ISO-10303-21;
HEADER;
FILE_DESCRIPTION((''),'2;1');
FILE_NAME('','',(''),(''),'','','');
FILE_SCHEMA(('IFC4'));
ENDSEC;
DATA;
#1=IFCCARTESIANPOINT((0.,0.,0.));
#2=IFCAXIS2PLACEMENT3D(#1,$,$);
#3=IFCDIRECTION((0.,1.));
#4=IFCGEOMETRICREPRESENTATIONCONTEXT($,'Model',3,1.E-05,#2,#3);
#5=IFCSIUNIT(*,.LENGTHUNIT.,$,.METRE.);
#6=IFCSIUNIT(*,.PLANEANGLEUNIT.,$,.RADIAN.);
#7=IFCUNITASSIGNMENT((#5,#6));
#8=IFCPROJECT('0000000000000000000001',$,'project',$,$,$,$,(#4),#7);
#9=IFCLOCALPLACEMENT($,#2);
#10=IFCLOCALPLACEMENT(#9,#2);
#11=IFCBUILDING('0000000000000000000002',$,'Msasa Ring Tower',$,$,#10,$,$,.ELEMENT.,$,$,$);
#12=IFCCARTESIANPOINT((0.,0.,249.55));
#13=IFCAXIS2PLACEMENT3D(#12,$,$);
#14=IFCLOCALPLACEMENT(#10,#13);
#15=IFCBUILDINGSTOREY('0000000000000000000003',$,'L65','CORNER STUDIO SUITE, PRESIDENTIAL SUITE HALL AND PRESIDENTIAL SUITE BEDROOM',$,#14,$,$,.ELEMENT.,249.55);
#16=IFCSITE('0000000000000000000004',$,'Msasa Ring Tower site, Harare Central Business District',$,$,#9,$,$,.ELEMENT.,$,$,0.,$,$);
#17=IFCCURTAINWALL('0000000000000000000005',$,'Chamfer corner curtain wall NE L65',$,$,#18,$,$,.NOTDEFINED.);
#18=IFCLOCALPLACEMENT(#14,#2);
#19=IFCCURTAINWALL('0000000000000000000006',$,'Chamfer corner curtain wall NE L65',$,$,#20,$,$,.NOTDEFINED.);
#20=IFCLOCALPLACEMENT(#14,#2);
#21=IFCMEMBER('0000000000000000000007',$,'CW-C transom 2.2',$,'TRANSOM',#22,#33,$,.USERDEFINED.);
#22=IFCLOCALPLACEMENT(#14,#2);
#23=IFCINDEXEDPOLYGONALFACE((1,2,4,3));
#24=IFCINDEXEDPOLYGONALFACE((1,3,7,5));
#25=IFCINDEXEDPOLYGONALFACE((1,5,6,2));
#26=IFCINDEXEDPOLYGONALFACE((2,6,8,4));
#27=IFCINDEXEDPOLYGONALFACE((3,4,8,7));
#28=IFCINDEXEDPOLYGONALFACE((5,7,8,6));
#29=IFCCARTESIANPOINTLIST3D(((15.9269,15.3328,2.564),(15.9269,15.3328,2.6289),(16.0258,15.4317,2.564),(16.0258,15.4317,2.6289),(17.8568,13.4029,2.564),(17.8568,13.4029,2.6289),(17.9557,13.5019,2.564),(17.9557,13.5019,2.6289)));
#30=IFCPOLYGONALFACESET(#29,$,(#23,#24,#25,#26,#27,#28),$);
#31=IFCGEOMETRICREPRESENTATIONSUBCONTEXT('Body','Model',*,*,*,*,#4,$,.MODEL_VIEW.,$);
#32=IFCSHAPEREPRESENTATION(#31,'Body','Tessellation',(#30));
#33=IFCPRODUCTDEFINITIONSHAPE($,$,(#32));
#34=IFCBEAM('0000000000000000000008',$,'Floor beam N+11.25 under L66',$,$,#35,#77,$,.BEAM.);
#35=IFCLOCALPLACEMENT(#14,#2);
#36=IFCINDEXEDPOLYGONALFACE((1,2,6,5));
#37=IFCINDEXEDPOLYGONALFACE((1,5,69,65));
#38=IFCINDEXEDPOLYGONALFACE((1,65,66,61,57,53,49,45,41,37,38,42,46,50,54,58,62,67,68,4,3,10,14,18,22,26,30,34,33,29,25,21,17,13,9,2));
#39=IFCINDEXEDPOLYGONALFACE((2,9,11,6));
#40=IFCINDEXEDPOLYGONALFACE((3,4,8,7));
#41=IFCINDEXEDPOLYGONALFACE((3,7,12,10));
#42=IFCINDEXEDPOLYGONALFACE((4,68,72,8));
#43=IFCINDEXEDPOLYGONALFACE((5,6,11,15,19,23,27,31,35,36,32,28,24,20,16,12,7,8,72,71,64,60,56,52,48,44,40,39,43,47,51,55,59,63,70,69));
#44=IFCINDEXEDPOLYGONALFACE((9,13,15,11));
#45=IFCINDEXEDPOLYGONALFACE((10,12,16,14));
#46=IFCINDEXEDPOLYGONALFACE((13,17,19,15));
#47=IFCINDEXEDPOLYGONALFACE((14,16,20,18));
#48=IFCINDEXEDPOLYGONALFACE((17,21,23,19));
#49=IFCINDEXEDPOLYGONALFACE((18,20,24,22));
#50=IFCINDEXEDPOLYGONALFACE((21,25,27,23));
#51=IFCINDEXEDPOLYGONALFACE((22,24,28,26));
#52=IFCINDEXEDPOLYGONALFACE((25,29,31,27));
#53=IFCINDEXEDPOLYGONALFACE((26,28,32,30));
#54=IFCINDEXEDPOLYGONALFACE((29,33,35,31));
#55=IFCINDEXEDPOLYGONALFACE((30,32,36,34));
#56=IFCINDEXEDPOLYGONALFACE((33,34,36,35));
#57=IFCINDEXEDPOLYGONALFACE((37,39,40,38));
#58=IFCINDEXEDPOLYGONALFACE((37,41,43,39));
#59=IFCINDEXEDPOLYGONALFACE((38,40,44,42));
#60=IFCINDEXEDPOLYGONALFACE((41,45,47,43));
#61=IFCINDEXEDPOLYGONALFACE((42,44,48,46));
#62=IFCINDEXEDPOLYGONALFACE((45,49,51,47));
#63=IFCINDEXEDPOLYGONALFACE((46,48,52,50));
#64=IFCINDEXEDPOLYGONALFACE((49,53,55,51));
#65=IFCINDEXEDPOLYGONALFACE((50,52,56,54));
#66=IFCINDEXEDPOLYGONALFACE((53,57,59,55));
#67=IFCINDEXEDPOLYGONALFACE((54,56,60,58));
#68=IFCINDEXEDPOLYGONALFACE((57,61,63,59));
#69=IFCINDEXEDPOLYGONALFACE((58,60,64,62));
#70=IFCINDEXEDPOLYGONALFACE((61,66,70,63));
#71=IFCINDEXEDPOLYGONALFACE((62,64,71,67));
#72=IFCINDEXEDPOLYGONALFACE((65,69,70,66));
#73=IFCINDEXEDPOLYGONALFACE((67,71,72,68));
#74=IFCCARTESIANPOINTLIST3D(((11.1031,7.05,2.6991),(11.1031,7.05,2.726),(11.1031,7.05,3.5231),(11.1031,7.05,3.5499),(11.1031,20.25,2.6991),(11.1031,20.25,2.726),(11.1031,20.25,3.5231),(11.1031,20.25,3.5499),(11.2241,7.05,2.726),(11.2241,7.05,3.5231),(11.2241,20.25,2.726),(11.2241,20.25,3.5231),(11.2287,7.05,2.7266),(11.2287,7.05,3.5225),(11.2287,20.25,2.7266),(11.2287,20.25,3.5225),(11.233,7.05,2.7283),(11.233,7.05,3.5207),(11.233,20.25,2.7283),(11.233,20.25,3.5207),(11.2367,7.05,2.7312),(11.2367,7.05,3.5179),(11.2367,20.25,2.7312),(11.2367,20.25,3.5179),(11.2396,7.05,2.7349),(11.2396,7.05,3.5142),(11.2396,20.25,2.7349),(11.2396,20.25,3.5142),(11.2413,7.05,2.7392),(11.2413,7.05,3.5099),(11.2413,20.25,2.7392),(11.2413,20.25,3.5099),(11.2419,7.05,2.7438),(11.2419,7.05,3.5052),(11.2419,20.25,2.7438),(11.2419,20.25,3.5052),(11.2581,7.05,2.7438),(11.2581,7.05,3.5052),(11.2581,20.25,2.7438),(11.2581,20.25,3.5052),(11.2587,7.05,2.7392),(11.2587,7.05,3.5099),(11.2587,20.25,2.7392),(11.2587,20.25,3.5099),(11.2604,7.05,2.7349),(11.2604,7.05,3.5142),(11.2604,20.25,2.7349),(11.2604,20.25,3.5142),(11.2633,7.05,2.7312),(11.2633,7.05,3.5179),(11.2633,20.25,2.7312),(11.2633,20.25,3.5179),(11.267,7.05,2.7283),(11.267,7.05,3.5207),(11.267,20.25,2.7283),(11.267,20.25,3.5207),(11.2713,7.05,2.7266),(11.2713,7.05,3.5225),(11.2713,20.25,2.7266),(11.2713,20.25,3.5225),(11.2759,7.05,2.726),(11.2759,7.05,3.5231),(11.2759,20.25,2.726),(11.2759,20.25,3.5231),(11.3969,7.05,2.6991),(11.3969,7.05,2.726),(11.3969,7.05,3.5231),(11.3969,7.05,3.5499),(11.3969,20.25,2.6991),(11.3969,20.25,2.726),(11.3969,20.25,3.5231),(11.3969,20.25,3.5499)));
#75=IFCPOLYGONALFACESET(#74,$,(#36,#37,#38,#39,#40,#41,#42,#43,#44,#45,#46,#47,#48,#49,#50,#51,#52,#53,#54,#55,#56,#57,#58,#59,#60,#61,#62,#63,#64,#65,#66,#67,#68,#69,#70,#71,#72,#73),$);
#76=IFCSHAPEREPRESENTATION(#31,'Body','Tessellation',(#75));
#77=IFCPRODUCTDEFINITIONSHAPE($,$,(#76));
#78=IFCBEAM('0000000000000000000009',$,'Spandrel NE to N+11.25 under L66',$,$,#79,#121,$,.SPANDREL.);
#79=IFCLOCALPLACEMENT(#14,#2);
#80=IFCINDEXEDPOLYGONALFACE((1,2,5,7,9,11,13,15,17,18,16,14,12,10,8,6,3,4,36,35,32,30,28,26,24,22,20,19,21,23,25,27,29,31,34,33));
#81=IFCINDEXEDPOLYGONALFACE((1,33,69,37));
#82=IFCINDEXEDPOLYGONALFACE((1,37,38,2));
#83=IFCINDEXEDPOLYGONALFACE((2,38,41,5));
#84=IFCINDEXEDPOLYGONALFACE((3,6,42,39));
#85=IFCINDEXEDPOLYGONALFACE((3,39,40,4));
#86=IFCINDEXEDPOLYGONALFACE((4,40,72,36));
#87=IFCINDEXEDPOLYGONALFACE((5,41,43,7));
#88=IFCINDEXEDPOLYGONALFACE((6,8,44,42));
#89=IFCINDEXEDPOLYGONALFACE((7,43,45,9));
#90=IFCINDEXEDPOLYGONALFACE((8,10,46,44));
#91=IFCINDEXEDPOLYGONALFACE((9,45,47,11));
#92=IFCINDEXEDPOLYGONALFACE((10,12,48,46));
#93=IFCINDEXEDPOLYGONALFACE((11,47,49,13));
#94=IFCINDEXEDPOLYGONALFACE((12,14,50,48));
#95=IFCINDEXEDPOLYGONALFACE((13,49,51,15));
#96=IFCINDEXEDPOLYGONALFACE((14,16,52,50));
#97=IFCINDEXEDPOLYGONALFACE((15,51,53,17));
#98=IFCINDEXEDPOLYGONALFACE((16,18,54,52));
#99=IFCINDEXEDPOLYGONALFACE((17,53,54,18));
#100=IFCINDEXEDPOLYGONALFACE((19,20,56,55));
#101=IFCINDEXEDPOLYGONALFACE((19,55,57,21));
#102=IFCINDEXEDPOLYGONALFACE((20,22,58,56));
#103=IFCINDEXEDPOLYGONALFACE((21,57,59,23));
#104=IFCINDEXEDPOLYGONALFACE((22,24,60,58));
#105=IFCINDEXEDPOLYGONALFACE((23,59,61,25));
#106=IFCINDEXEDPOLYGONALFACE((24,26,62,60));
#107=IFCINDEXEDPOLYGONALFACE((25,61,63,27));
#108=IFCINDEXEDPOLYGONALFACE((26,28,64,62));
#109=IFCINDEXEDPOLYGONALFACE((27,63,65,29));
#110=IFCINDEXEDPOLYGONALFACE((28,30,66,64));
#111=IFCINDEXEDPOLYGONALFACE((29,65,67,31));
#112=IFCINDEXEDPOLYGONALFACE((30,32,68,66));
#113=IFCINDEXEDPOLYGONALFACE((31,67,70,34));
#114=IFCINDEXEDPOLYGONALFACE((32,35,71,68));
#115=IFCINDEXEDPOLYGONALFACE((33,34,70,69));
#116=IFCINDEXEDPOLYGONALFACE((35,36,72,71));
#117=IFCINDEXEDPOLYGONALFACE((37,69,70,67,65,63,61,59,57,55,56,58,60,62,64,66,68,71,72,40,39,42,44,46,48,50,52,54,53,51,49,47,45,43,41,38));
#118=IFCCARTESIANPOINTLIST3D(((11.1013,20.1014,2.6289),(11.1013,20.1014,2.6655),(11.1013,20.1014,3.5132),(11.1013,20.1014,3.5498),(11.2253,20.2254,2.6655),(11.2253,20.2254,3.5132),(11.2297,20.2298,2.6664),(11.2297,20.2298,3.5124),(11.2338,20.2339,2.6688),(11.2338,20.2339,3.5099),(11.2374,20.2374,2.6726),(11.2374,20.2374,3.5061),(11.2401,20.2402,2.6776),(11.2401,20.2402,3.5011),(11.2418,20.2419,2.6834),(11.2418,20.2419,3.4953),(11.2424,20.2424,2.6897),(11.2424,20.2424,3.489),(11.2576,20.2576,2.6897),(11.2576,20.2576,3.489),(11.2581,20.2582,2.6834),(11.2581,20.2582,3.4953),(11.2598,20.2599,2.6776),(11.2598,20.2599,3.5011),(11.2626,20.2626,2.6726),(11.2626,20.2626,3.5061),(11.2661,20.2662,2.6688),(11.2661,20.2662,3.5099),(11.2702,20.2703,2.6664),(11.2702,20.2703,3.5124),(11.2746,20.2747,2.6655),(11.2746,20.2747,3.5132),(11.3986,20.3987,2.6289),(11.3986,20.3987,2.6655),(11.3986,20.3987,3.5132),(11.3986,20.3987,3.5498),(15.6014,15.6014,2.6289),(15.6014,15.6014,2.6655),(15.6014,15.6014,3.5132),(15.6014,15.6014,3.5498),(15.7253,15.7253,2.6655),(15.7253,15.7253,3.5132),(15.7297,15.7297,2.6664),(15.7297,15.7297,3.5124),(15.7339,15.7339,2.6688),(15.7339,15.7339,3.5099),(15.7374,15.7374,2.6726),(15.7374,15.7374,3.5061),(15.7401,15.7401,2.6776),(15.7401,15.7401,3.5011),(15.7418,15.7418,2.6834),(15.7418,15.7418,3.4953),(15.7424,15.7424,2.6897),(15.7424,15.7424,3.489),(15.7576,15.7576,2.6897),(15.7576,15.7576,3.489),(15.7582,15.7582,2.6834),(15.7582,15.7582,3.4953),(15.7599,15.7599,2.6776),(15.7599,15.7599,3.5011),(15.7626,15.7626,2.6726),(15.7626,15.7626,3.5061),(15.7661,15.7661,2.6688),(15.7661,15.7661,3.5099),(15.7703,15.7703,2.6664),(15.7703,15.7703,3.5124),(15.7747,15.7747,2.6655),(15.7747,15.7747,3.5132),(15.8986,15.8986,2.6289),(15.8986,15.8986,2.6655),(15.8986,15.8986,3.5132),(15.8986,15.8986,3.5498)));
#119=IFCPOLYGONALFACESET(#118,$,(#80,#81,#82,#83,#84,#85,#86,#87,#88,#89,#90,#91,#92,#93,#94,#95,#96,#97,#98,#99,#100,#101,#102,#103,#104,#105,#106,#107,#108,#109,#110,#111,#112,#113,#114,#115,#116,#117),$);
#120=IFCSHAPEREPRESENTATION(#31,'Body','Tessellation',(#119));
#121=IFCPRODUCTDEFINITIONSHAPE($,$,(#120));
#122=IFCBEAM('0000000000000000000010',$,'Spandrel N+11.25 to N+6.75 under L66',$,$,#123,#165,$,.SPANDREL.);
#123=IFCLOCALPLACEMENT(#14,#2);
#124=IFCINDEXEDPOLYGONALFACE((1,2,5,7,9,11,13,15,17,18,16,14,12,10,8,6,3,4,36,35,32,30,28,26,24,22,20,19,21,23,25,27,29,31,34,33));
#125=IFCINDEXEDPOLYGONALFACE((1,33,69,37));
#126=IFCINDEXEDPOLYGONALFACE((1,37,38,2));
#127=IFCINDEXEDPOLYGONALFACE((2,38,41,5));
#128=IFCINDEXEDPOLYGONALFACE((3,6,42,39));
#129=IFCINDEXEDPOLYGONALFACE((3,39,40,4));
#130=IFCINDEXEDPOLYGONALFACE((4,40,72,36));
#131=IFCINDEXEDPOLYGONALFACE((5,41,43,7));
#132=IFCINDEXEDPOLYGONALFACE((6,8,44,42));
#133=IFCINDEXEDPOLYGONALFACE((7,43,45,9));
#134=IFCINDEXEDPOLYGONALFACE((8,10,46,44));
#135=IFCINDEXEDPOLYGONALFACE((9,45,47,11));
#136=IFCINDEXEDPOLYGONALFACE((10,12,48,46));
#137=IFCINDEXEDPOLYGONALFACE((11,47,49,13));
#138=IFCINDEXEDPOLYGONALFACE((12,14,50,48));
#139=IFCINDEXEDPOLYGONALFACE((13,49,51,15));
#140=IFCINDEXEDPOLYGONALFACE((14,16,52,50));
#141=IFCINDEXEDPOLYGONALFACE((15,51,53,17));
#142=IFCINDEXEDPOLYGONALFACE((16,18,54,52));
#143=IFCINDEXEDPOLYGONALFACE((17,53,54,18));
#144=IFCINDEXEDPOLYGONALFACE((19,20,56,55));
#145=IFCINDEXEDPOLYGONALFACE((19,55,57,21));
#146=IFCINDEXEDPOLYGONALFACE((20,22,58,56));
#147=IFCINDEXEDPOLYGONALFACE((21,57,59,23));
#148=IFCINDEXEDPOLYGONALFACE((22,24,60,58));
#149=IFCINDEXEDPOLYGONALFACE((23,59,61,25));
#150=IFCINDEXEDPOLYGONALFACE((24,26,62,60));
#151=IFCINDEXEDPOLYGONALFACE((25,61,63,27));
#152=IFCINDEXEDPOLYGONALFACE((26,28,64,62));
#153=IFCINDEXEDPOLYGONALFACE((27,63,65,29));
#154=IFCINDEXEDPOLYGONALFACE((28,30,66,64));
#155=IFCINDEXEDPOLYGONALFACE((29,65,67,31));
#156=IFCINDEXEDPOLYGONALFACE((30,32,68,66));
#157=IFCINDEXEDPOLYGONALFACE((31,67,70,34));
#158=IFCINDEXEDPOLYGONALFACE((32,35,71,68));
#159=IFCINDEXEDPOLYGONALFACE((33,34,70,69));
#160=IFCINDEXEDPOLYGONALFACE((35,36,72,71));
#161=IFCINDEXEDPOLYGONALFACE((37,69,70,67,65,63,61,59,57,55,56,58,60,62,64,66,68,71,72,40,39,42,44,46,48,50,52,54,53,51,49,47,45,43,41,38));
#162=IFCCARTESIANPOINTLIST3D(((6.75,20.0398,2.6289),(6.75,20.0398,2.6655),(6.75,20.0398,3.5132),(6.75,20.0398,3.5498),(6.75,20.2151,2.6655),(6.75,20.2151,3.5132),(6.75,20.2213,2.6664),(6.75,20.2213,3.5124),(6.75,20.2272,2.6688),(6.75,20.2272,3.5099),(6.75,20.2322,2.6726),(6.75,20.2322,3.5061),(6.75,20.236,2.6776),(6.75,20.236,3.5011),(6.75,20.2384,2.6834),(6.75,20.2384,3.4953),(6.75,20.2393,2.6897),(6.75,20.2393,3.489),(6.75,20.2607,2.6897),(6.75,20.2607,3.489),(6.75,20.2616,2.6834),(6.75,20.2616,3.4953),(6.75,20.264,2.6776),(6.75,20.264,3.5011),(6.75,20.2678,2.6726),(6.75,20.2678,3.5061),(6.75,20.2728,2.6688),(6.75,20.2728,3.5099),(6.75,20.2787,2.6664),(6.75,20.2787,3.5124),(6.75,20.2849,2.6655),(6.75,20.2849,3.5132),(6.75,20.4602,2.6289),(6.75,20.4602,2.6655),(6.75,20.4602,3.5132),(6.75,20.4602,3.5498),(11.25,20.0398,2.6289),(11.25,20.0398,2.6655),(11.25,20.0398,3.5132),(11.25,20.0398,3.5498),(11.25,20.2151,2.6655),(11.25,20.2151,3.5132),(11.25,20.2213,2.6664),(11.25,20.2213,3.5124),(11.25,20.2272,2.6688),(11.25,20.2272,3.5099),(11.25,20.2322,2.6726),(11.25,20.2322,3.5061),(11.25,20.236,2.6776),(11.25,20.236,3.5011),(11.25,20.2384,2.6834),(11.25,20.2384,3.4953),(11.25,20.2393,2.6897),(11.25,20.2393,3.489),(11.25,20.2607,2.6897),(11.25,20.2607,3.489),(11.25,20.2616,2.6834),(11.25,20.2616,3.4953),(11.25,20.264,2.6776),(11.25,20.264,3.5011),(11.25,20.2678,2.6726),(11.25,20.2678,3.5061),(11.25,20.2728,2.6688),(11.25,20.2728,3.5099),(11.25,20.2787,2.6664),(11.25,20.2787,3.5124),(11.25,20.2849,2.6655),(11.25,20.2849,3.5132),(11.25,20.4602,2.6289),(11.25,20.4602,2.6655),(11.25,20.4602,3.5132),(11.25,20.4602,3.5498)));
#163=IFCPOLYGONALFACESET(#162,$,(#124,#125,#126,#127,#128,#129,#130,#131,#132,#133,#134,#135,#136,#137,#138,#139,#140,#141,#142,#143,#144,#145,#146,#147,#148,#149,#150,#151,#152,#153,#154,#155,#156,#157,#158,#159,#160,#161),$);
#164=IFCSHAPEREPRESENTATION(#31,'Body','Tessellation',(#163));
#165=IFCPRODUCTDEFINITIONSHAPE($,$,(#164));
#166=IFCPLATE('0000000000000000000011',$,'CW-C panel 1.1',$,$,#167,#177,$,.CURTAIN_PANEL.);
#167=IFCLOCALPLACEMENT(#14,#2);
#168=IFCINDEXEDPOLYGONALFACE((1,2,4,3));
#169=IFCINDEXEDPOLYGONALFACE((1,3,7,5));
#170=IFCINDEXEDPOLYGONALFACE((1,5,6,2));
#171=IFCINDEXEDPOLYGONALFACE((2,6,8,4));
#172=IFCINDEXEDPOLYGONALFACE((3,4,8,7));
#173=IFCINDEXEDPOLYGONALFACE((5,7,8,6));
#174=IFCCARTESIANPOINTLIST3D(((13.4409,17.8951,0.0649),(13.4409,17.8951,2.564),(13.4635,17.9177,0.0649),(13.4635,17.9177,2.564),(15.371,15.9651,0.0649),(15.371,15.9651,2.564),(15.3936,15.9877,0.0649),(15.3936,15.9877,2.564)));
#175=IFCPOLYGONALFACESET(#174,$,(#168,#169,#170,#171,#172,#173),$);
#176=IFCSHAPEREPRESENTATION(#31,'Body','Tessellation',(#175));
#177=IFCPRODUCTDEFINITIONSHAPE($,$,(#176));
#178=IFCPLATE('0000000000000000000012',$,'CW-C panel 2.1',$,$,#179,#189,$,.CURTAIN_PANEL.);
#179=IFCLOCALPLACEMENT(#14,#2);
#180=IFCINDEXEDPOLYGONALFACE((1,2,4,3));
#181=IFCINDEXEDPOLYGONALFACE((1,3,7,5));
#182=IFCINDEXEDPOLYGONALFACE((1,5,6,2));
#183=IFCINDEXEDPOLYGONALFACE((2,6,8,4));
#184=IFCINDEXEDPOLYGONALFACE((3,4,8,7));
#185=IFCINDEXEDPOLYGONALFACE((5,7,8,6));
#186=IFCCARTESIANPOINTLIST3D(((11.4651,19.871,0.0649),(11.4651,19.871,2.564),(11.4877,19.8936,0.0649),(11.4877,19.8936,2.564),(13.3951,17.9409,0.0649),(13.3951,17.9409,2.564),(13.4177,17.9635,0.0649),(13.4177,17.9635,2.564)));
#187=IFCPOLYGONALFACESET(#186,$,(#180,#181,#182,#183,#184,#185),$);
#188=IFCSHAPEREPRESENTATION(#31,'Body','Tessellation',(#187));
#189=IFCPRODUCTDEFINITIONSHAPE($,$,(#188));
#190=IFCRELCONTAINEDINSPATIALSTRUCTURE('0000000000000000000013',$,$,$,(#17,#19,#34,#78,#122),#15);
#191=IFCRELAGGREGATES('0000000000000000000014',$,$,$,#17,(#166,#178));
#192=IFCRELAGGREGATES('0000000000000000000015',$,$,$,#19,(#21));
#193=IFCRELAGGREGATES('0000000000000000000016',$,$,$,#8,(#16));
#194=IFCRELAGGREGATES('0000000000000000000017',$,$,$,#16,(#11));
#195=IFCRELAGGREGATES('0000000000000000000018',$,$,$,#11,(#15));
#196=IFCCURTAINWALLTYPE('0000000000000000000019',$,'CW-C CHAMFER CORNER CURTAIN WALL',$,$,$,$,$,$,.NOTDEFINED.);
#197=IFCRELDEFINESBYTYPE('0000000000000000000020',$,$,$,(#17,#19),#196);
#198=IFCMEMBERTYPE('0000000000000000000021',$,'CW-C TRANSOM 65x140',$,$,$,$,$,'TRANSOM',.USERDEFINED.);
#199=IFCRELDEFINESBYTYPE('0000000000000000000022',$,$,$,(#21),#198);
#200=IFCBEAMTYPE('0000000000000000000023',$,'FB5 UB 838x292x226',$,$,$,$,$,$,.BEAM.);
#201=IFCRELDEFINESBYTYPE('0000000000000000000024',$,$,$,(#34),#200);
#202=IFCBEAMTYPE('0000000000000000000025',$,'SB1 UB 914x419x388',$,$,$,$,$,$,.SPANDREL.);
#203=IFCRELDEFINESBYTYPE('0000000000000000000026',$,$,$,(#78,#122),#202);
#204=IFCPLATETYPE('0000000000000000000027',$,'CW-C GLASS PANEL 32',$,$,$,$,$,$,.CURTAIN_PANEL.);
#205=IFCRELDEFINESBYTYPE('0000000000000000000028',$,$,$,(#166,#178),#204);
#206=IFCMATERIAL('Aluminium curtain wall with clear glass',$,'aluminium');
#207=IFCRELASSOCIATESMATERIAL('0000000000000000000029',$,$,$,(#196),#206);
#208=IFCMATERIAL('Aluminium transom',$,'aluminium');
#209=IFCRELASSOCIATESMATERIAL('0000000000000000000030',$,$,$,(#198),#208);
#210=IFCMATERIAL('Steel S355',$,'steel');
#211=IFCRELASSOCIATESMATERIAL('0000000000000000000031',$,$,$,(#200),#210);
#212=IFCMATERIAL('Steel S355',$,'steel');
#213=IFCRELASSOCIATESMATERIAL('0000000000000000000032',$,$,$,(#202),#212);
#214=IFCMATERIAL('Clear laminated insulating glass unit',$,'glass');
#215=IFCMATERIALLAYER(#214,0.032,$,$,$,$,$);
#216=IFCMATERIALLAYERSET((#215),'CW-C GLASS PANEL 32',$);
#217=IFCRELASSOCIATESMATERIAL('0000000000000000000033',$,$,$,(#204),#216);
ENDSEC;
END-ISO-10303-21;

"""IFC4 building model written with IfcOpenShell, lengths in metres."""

from ifc_helpers import new_model, si_unit, direction, frame, origin, origin_2d, place, context, subcontext, project, spatial, rectangle, i_section, extrude, material, layer, layer_set, material_profile, profile_set, type_object, element, aggregate, save


model = new_model("IFC4")

# Units and contexts
model_context = context("Model", 3, precision=1e-05, world=origin(), true_north=direction((0.0, 1.0)))
body_context = subcontext(model_context, "Body", "Model", "MODEL_VIEW")
ifc_project = project(units=[si_unit("LENGTHUNIT", "METRE"), si_unit("PLANEANGLEUNIT", "RADIAN")], contexts=[model_context])

# Site, building, storey
site_placement = place(None, origin())
site = spatial("IfcSite", under=ifc_project, at=site_placement, Name="Msasa Ring Tower site, Harare Central Business District", CompositionType="ELEMENT", RefElevation=0.0)
building_placement = place(site_placement, origin())
building = spatial("IfcBuilding", under=site, at=building_placement, Name="Msasa Ring Tower", CompositionType="ELEMENT")
storey_placement = place(building_placement, frame((0.0, 0.0, 249.55)))
storey = spatial("IfcBuildingStorey", under=building, at=storey_placement, Name="L65", Description="CORNER STUDIO SUITE, PRESIDENTIAL SUITE HALL AND PRESIDENTIAL SUITE BEDROOM", CompositionType="ELEMENT", Elevation=249.55)

# Curtain walls
ifc_material_1 = material(Name="Aluminium curtain wall with clear glass", Category="aluminium")
curtain_wall_type = type_object("IfcCurtainWallType", Name="CW-C CHAMFER CORNER CURTAIN WALL", PredefinedType="NOTDEFINED", material=ifc_material_1)
curtain_wall_1_placement = place(storey_placement, origin())
curtain_wall_1 = element("IfcCurtainWall", 1, at=curtain_wall_1_placement, inside=storey, type_object=curtain_wall_type, Name="Chamfer corner curtain wall NE L65", PredefinedType="NOTDEFINED")
curtain_wall_2_placement = place(storey_placement, origin())
curtain_wall_2 = element("IfcCurtainWall", 2, at=curtain_wall_2_placement, inside=storey, type_object=curtain_wall_type, Name="Chamfer corner curtain wall NE L65", PredefinedType="NOTDEFINED")

# Member
ifc_material_2 = material(Name="Aluminium transom", Category="aluminium")
ifc_material_profile_1 = material_profile(ifc_material_2, rectangle(XDim=0.1399, YDim=0.0649, at=origin_2d()), Name="AL 65x140")
ifc_profile_set_1 = profile_set([ifc_material_profile_1], Name="Aluminium transom")
member_type_1 = type_object("IfcMemberType", Name="CW-C TRANSOM 65x140", ElementType="TRANSOM", PredefinedType="USERDEFINED", material=ifc_profile_set_1)
member_1_placement = place(storey_placement, frame((17.9062, 13.4524, 2.5964), z_axis=(-0.707107, 0.707107, 0.0), x_axis=(-0.707107, -0.707107, 0.0)))
member_1 = element("IfcMember", 3, at=member_1_placement, type_object=member_type_1, Name="CW-C transom 2.2", ObjectType="TRANSOM", PredefinedType="USERDEFINED", context=body_context, shape_type="SweptSolid", body=[
    extrude(rectangle(XDim=0.1399, YDim=0.0649, at=origin_2d()), origin(), (0.0, 0.0, 1.0), 2.7292),
])

# Beams
ifc_material_3 = material(Name="Steel S355", Category="steel")
ifc_material_profile_2 = material_profile(ifc_material_3, i_section(OverallWidth=0.2937, OverallDepth=0.8508, WebThickness=0.0161, FlangeThickness=0.0269, FilletRadius=0.0178, at=origin_2d()), Name="UB 838x292x226")
ifc_profile_set_2 = profile_set([ifc_material_profile_2], Name="Steel S355")
beam_type_1 = type_object("IfcBeamType", Name="FB5 UB 838x292x226", PredefinedType="BEAM", material=ifc_profile_set_2)
beam_1_placement = place(storey_placement, frame((11.25, 20.25, 3.1245), z_axis=(0.0, -1.0, 0.0), x_axis=(1.0, 0.0, 0.0)))
element("IfcBeam", 4, at=beam_1_placement, inside=storey, type_object=beam_type_1, Name="Floor beam N+11.25 under L66", PredefinedType="BEAM", context=body_context, shape_type="SweptSolid", body=[
    extrude(i_section(OverallWidth=0.2937, OverallDepth=0.8508, WebThickness=0.0161, FlangeThickness=0.0269, FilletRadius=0.0178, at=origin_2d()), origin(), (0.0, 0.0, 1.0), 13.2),
])
ifc_material_4 = material(Name="Steel S355", Category="steel")
ifc_material_profile_3 = material_profile(ifc_material_4, i_section(OverallWidth=0.4204, OverallDepth=0.9209, WebThickness=0.0215, FlangeThickness=0.0366, FilletRadius=0.0242, at=origin_2d()), Name="UB 914x419x388")
ifc_profile_set_3 = profile_set([ifc_material_profile_3], Name="Steel S355")
beam_type_2 = type_object("IfcBeamType", Name="SB1 UB 914x419x388", PredefinedType="SPANDREL", material=ifc_profile_set_3)
beam_2_placement = place(storey_placement, frame((15.75, 15.75, 3.0894), z_axis=(-0.707107, 0.707107, 0.0), x_axis=(-0.707107, -0.707107, 0.0)))
element("IfcBeam", 5, at=beam_2_placement, inside=storey, type_object=beam_type_2, Name="Spandrel NE to N+11.25 under L66", PredefinedType="SPANDREL", context=body_context, shape_type="SweptSolid", body=[
    extrude(i_section(OverallWidth=0.4204, OverallDepth=0.9209, WebThickness=0.0215, FlangeThickness=0.0366, FilletRadius=0.0242, at=origin_2d()), origin(), (0.0, 0.0, 1.0), 6.364),
])
beam_3_placement = place(storey_placement, frame((11.25, 20.25, 3.0894), z_axis=(-1.0, 0.0, 0.0), x_axis=(0.0, -1.0, 0.0)))
element("IfcBeam", 6, at=beam_3_placement, inside=storey, type_object=beam_type_2, Name="Spandrel N+11.25 to N+6.75 under L66", PredefinedType="SPANDREL", context=body_context, shape_type="SweptSolid", body=[
    extrude(i_section(OverallWidth=0.4204, OverallDepth=0.9209, WebThickness=0.0215, FlangeThickness=0.0366, FilletRadius=0.0242, at=origin_2d()), origin(), (0.0, 0.0, 1.0), 4.5),
])

# Plates
ifc_material_5 = material(Name="Clear laminated insulating glass unit", Category="glass")
ifc_layer_1 = layer(ifc_material_5, 0.032)
ifc_layer_set_1 = layer_set([ifc_layer_1], Name="CW-C GLASS PANEL 32")
plate_type = type_object("IfcPlateType", Name="CW-C GLASS PANEL 32", PredefinedType="CURTAIN_PANEL", material=ifc_layer_set_1)
plate_1_placement = place(storey_placement, frame((14.4172, 16.9414, 0.0649), z_axis=(0.0, 0.0, 1.0), x_axis=(-0.707107, 0.707107, 0.0)))
plate_1 = element("IfcPlate", 7, at=plate_1_placement, type_object=plate_type, Name="CW-C panel 1.1", PredefinedType="CURTAIN_PANEL", context=body_context, shape_type="SweptSolid", body=[
    extrude(rectangle(XDim=2.7295, YDim=0.032, at=origin_2d()), origin(), (0.0, 0.0, 1.0), 2.499),
])
plate_2_placement = place(storey_placement, frame((12.4414, 18.9172, 0.0649), z_axis=(0.0, 0.0, 1.0), x_axis=(-0.707107, 0.707107, 0.0)))
plate_2 = element("IfcPlate", 8, at=plate_2_placement, type_object=plate_type, Name="CW-C panel 2.1", PredefinedType="CURTAIN_PANEL", context=body_context, shape_type="SweptSolid", body=[
    extrude(rectangle(XDim=2.7295, YDim=0.032, at=origin_2d()), origin(), (0.0, 0.0, 1.0), 2.499),
])
aggregate(curtain_wall_1, [plate_1, plate_2])
aggregate(curtain_wall_2, [member_1])

save(model, "model.ifc")
